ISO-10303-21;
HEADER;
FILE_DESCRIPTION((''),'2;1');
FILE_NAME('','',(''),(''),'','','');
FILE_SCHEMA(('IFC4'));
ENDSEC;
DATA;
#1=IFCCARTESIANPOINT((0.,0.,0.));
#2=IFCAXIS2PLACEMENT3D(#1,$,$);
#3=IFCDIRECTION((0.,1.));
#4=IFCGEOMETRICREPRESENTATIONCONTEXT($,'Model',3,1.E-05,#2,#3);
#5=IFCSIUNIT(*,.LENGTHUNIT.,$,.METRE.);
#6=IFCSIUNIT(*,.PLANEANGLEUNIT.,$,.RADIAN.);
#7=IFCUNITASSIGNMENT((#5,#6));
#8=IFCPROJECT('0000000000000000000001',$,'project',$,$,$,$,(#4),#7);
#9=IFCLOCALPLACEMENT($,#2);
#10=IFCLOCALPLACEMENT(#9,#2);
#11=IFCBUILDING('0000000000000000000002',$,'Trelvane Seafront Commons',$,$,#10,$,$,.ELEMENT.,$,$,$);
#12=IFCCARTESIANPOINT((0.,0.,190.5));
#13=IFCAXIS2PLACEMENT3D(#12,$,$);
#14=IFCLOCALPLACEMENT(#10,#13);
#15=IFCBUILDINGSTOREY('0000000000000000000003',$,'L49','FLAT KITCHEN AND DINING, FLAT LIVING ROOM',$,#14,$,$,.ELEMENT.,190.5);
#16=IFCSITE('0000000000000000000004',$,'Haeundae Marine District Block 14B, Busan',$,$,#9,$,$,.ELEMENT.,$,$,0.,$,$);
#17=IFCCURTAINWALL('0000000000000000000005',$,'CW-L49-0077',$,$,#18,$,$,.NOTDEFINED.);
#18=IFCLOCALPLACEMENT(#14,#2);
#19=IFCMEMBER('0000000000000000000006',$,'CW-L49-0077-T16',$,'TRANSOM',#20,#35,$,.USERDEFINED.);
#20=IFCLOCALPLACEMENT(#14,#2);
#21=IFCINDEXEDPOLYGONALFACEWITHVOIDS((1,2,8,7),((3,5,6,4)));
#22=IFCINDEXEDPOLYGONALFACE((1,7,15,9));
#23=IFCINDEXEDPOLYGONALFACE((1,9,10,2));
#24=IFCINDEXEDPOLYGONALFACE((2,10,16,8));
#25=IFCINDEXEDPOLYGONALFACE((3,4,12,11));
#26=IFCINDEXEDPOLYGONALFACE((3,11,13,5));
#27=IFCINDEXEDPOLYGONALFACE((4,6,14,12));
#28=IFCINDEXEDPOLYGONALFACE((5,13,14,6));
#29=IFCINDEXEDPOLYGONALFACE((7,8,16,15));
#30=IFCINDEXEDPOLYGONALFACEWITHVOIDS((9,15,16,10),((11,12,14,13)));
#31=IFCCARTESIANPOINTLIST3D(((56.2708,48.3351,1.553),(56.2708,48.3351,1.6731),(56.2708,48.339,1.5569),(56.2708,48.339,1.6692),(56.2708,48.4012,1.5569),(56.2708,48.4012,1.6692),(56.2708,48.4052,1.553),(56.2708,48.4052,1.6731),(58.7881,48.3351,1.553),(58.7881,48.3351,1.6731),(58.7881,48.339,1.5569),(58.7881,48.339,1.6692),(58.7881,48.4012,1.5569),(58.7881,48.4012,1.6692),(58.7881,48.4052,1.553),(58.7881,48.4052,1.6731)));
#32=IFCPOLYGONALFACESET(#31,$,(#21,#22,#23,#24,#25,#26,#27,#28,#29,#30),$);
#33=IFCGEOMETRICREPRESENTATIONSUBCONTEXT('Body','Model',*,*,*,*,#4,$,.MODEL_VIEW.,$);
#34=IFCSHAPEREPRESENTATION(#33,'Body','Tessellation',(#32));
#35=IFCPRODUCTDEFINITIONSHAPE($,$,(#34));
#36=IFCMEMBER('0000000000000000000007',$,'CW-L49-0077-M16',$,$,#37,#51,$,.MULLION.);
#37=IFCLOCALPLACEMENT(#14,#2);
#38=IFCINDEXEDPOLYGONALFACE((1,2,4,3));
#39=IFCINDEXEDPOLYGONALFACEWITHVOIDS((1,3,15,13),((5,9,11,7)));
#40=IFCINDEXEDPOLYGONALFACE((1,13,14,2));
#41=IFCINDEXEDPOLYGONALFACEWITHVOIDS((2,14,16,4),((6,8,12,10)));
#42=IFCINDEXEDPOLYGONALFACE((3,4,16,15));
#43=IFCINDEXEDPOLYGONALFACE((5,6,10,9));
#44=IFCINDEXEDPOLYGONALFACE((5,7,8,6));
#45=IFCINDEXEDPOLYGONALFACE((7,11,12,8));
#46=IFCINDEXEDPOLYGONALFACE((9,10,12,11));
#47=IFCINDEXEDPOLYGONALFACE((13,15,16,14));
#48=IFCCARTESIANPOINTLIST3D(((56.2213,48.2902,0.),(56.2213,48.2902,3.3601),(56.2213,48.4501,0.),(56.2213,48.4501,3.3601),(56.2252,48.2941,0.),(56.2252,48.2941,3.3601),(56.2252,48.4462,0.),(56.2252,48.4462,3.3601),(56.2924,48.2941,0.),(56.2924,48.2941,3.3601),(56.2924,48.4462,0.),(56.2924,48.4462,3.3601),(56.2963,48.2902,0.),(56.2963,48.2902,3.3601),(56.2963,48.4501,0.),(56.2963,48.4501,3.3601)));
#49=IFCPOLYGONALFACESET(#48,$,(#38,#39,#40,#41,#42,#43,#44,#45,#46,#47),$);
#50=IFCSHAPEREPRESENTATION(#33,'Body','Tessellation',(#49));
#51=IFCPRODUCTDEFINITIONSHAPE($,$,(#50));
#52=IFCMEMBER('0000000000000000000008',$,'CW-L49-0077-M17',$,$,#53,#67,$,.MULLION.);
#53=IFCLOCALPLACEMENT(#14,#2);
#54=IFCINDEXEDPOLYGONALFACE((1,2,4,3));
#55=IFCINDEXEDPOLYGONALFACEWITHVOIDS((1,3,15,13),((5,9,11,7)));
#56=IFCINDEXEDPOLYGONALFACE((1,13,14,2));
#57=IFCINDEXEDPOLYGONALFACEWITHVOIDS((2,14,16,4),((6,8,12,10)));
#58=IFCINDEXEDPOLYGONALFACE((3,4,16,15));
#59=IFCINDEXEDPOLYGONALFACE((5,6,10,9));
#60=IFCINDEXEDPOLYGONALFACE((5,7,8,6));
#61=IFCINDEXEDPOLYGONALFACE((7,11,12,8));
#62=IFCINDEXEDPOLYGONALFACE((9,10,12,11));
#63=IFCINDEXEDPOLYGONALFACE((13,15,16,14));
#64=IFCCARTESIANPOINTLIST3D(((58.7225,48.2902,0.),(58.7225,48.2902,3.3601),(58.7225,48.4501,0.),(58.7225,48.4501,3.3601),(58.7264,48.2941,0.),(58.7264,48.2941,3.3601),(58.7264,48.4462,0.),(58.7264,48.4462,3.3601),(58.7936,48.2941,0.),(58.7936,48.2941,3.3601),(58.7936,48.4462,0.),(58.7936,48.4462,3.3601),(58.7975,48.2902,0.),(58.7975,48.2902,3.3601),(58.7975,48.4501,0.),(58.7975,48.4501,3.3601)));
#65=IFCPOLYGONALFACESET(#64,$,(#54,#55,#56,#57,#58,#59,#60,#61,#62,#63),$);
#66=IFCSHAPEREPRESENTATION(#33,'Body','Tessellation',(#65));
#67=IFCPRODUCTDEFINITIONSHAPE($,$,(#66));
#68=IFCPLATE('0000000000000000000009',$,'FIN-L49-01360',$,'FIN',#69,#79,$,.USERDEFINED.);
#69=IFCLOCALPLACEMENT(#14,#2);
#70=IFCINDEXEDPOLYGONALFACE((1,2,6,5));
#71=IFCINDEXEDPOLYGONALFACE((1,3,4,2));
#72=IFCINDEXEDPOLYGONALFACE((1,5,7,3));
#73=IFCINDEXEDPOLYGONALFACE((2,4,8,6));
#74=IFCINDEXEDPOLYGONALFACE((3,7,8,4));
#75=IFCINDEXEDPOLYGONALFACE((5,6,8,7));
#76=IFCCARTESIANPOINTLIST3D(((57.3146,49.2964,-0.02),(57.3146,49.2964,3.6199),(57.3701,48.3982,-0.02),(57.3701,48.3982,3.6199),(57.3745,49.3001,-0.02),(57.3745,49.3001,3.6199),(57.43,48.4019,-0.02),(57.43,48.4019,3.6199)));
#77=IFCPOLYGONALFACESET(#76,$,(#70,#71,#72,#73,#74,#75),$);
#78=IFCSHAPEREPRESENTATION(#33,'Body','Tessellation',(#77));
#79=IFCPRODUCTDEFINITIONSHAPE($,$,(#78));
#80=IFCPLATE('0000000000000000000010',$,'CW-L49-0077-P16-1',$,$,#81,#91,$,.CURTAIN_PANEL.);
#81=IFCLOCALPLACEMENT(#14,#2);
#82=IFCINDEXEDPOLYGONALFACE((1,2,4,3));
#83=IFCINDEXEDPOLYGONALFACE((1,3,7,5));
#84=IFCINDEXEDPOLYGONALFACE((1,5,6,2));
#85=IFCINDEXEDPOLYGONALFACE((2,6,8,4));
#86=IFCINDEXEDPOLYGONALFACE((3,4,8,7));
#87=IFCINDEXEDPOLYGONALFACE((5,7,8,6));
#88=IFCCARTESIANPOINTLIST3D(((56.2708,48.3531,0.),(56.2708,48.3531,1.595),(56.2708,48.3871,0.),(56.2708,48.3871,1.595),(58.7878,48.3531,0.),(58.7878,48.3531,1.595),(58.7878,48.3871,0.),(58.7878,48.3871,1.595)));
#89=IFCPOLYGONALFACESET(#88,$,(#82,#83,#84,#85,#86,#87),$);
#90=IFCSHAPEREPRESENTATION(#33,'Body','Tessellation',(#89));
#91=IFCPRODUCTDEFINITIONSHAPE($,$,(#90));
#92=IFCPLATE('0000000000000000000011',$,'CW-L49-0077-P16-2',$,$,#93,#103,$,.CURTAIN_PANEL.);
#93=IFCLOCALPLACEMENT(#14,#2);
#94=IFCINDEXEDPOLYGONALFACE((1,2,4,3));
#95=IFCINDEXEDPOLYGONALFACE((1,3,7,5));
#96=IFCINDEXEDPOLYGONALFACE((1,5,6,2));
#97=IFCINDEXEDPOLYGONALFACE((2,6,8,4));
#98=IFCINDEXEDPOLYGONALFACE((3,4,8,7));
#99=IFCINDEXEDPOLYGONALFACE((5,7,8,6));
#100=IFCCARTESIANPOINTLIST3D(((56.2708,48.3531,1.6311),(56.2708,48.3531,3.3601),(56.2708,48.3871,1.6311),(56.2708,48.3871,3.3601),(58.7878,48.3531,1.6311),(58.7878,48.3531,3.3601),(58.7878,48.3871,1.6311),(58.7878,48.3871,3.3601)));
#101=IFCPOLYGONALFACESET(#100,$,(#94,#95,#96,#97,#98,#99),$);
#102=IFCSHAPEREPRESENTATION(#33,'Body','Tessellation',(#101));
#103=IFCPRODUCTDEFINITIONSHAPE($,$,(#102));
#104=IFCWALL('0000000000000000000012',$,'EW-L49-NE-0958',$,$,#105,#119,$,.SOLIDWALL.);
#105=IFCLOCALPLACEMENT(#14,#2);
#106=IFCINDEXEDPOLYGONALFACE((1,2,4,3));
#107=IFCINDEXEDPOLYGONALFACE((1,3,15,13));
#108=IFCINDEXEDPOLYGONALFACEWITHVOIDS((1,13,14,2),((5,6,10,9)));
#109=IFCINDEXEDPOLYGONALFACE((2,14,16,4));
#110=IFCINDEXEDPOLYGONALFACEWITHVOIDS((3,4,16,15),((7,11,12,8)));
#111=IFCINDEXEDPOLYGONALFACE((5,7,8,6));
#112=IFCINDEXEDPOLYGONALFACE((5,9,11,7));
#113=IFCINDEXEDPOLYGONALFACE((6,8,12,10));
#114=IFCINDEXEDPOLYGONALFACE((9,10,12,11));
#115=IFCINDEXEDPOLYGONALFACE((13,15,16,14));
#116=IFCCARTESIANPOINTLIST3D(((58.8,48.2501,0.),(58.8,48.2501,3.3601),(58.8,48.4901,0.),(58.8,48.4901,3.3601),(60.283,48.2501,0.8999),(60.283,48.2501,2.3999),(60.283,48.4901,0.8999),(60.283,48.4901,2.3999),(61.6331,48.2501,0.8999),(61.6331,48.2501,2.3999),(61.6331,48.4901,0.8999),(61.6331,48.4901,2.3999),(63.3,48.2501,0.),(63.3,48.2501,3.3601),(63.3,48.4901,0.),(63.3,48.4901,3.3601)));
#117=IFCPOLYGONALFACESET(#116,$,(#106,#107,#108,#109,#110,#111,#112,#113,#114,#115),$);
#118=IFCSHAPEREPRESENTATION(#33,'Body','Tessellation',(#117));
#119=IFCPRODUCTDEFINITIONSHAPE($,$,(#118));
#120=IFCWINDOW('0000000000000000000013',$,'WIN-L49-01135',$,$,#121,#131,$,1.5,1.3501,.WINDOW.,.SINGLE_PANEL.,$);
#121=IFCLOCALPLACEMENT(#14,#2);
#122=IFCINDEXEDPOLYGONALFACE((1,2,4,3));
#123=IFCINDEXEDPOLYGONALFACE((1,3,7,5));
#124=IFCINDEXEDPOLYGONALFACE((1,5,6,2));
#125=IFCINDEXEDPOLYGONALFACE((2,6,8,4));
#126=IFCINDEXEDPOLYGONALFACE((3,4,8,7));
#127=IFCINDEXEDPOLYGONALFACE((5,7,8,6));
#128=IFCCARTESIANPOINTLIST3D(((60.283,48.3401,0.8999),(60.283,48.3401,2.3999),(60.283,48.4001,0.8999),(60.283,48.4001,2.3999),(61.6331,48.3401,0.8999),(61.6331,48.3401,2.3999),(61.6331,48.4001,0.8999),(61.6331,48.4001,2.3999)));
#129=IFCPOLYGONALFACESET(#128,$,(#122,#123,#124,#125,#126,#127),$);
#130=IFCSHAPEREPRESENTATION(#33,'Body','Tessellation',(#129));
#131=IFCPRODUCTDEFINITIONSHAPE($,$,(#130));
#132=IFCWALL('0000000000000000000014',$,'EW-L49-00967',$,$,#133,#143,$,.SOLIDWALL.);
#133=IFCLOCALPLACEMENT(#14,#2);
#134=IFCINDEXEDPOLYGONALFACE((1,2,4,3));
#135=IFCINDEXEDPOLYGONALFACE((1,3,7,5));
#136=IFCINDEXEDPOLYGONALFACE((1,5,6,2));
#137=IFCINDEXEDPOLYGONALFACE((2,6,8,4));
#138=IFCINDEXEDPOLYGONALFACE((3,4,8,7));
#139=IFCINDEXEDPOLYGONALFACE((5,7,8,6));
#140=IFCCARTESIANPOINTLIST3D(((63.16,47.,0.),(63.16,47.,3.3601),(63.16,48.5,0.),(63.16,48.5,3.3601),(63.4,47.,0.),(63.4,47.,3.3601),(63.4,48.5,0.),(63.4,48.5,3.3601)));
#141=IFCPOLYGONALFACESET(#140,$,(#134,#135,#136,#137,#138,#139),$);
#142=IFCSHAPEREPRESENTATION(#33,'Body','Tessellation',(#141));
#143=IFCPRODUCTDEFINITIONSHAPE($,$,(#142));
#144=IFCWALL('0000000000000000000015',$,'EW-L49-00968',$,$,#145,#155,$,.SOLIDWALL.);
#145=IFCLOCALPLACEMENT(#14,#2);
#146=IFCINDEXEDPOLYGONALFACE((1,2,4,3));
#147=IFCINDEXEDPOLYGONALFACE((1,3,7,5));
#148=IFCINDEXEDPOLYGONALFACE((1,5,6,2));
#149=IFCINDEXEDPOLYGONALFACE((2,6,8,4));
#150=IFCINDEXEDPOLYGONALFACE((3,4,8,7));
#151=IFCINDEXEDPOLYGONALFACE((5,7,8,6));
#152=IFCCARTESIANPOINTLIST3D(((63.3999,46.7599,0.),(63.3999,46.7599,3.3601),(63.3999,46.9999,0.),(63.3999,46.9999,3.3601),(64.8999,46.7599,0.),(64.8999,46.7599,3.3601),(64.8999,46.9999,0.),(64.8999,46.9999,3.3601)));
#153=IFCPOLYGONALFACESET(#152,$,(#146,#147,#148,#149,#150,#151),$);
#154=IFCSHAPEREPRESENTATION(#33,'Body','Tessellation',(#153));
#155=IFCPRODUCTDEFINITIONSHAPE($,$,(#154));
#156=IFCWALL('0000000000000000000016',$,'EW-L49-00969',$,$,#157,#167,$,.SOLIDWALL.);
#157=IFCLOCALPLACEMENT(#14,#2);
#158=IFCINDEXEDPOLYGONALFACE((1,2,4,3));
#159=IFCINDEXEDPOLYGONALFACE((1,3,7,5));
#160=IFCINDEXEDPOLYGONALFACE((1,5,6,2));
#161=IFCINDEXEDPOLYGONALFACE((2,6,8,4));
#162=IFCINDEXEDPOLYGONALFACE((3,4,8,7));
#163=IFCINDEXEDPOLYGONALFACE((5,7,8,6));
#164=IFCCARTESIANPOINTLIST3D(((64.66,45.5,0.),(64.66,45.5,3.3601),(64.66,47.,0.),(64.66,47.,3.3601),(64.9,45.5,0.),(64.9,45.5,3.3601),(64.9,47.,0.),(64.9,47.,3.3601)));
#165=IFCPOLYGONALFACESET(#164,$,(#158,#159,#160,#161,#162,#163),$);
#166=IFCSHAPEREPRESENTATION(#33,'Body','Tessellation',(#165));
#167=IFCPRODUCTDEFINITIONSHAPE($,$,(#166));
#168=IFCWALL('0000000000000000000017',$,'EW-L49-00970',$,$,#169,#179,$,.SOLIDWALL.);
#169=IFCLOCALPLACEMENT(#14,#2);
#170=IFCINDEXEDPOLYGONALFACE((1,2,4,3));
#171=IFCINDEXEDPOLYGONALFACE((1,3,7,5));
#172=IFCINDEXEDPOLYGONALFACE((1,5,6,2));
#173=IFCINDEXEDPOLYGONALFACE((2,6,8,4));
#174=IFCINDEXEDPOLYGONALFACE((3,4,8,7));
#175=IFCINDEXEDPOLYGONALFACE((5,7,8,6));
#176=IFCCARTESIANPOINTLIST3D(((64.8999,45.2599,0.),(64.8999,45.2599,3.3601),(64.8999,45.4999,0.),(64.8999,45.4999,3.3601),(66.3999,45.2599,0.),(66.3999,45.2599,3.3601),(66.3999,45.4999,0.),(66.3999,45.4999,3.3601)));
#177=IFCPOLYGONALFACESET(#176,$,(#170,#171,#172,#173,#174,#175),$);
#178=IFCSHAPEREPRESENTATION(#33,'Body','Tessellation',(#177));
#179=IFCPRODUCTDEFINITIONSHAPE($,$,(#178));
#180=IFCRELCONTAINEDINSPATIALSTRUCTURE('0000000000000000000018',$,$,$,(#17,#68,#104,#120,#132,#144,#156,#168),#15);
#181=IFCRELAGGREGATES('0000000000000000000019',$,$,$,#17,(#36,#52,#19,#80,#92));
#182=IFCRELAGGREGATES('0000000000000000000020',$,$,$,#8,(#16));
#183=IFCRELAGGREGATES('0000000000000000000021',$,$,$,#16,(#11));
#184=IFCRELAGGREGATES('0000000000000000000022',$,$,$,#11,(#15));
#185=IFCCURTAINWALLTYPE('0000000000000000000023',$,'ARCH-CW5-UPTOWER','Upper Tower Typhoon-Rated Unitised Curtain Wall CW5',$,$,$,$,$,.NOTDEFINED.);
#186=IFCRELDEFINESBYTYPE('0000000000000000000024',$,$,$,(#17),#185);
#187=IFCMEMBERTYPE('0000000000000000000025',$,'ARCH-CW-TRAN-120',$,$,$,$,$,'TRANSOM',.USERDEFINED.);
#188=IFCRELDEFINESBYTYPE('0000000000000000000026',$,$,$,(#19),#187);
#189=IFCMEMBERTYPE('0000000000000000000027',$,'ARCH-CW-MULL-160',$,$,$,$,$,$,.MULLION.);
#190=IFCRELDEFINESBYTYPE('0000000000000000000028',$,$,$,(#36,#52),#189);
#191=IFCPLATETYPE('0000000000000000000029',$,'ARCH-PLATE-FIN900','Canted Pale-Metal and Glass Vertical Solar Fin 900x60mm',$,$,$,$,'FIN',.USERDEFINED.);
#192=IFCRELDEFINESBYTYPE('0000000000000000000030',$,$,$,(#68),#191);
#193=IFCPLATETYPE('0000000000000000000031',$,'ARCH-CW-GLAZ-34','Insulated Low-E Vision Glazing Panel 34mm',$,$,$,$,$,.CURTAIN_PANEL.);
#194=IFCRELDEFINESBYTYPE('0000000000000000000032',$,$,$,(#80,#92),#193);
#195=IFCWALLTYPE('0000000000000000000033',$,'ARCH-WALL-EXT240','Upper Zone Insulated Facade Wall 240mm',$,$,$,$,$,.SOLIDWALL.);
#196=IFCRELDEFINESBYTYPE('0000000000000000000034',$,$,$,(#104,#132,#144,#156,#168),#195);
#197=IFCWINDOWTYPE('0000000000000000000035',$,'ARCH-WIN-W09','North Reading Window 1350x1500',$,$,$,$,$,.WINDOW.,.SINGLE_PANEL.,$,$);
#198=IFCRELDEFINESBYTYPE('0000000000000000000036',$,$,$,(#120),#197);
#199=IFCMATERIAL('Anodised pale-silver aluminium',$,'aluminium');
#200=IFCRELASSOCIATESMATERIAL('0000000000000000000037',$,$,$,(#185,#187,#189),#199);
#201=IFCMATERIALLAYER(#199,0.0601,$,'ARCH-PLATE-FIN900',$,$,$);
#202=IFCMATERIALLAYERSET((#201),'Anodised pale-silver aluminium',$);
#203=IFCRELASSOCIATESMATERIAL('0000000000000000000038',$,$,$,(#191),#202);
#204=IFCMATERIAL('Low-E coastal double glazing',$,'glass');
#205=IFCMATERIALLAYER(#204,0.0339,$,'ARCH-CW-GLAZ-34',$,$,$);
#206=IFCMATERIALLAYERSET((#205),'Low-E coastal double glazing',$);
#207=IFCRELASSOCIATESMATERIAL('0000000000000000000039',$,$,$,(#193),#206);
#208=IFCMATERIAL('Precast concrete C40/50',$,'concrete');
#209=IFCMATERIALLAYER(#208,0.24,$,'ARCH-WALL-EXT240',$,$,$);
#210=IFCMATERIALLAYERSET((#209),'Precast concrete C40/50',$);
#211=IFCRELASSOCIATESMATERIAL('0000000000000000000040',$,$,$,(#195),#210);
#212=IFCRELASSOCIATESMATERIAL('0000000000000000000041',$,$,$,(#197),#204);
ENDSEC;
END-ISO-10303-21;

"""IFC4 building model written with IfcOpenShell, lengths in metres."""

from ifc_helpers import new_model, si_unit, direction, frame, frame_2d, origin, origin_2d, place, context, subcontext, project, spatial, rectangle, hollow_rectangle, extrude, source, transform, mapped, material, layer, layer_set, material_profile, profile_set, type_object, element, fill, aggregate, save


model = new_model("IFC4")

# Units and contexts
model_context = context("Model", 3, precision=1e-05, world=origin(), true_north=direction((0.0, 1.0)))
body_context = subcontext(model_context, "Body", "Model", "MODEL_VIEW")
ifc_project = project(units=[si_unit("LENGTHUNIT", "METRE"), si_unit("PLANEANGLEUNIT", "RADIAN")], contexts=[model_context])

# Site, building, storey
site_placement = place(None, origin())
site = spatial("IfcSite", under=ifc_project, at=site_placement, Name="Haeundae Marine District Block 14B, Busan", CompositionType="ELEMENT", RefElevation=0.0)
building_placement = place(site_placement, origin())
building = spatial("IfcBuilding", under=site, at=building_placement, Name="Trelvane Seafront Commons", CompositionType="ELEMENT")
storey_placement = place(building_placement, frame((0.0, 0.0, 190.5)))
storey = spatial("IfcBuildingStorey", under=building, at=storey_placement, Name="L49", Description="FLAT KITCHEN AND DINING, FLAT LIVING ROOM", CompositionType="ELEMENT", Elevation=190.5)

# Curtain wall, members
ifc_material_1 = material(Name="Anodised pale-silver aluminium", Category="aluminium")
curtain_wall_type = type_object("IfcCurtainWallType", Name="ARCH-CW5-UPTOWER", Description="Upper Tower Typhoon-Rated Unitised Curtain Wall CW5", PredefinedType="NOTDEFINED", material=ifc_material_1)
curtain_wall_placement = place(storey_placement, origin())
curtain_wall = element("IfcCurtainWall", 1, at=curtain_wall_placement, inside=storey, type_object=curtain_wall_type, Name="CW-L49-0077", PredefinedType="NOTDEFINED")
ifc_material_profile_1 = material_profile(ifc_material_1, hollow_rectangle(XDim=0.0701, YDim=0.1201, WallThickness=0.0039, at=origin_2d()), Name="TRAN-70x120x4")
ifc_profile_set_1 = profile_set([ifc_material_profile_1], Name="Anodised pale-silver aluminium")
member_type_1 = type_object("IfcMemberType", Name="ARCH-CW-TRAN-120", ElementType="TRANSOM", PredefinedType="USERDEFINED", material=ifc_profile_set_1)
shared_shape_1 = source(origin(), body_context, "Body", "SweptSolid", [
    extrude(hollow_rectangle(XDim=0.0701, YDim=0.1201, WallThickness=0.0039, at=origin_2d()), origin(), (0.0, 0.0, 1.0), 2.5173),
])
member_1_placement = place(storey_placement, frame((56.2708, 48.3701, 1.613), z_axis=(1.0, 0.0, 0.0), x_axis=(0.0, 1.0, 0.0)))
member_1 = element("IfcMember", 2, at=member_1_placement, type_object=member_type_1, Name="CW-L49-0077-T16", ObjectType="TRANSOM", PredefinedType="USERDEFINED", context=body_context, shape_type="MappedRepresentation", body=[
    mapped(shared_shape_1, transform((0.0, 0.0, 0.0), x_axis=(1.0, 0.0, 0.0), y_axis=(0.0, 1.0, 0.0), z_axis=(0.0, 0.0, 1.0), scale=1.0)),
])
ifc_material_profile_2 = material_profile(ifc_material_1, hollow_rectangle(XDim=0.075, YDim=0.1599, WallThickness=0.0039, at=origin_2d()), Name="MULL-75x160x4")
ifc_profile_set_2 = profile_set([ifc_material_profile_2], Name="Anodised pale-silver aluminium")
member_type_2 = type_object("IfcMemberType", Name="ARCH-CW-MULL-160", PredefinedType="MULLION", material=ifc_profile_set_2)
shared_shape_2 = source(origin(), body_context, "Body", "SweptSolid", [
    extrude(hollow_rectangle(XDim=0.075, YDim=0.1599, WallThickness=0.0039, at=origin_2d()), origin(), (0.0, 0.0, 1.0), 3.3601),
])
member_2_placement = place(storey_placement, frame((56.2588, 48.3701, 0.0), z_axis=(0.0, 0.0, 1.0), x_axis=(1.0, 0.0, 0.0)))
member_2 = element("IfcMember", 3, at=member_2_placement, type_object=member_type_2, Name="CW-L49-0077-M16", PredefinedType="MULLION", context=body_context, shape_type="MappedRepresentation", body=[
    mapped(shared_shape_2, transform((0.0, 0.0, 0.0), x_axis=(1.0, 0.0, 0.0), y_axis=(0.0, 1.0, 0.0), z_axis=(0.0, 0.0, 1.0), scale=1.0)),
])
member_3_placement = place(storey_placement, frame((58.76, 48.3701, 0.0), z_axis=(0.0, 0.0, 1.0), x_axis=(1.0, 0.0, 0.0)))
member_3 = element("IfcMember", 4, at=member_3_placement, type_object=member_type_2, Name="CW-L49-0077-M17", PredefinedType="MULLION", context=body_context, shape_type="MappedRepresentation", body=[
    mapped(shared_shape_2, transform((0.0, 0.0, 0.0), x_axis=(1.0, 0.0, 0.0), y_axis=(0.0, 1.0, 0.0), z_axis=(0.0, 0.0, 1.0), scale=1.0)),
])

# Plates
ifc_layer_1 = layer(ifc_material_1, 0.0601, Name="ARCH-PLATE-FIN900")
ifc_layer_set_1 = layer_set([ifc_layer_1], Name="Anodised pale-silver aluminium")
plate_type_1 = type_object("IfcPlateType", Name="ARCH-PLATE-FIN900", Description="Canted Pale-Metal and Glass Vertical Solar Fin 900x60mm", ElementType="FIN", PredefinedType="USERDEFINED", material=ifc_layer_set_1)
shared_shape_3 = source(origin(), body_context, "Body", "SweptSolid", [
    extrude(rectangle(XDim=0.8999, YDim=0.0601, at=origin_2d()), origin(), (0.0, 0.0, 1.0), 3.6399),
])
plate_1_placement = place(storey_placement, frame((57.3723, 48.8491, -0.02), z_axis=(0.0, 0.0, 1.0), x_axis=(-0.061665, 0.998097, 0.0)))
element("IfcPlate", 5, at=plate_1_placement, inside=storey, type_object=plate_type_1, Name="FIN-L49-01360", ObjectType="FIN", PredefinedType="USERDEFINED", context=body_context, shape_type="MappedRepresentation", body=[
    mapped(shared_shape_3, transform((0.0, 0.0, 0.0), x_axis=(1.0, 0.0, 0.0), y_axis=(0.0, 1.0, 0.0), z_axis=(0.0, 0.0, 1.0), scale=1.0)),
])
ifc_material_2 = material(Name="Low-E coastal double glazing", Category="glass")
ifc_layer_2 = layer(ifc_material_2, 0.0339, Name="ARCH-CW-GLAZ-34")
ifc_layer_set_2 = layer_set([ifc_layer_2], Name="Low-E coastal double glazing")
plate_type_2 = type_object("IfcPlateType", Name="ARCH-CW-GLAZ-34", Description="Insulated Low-E Vision Glazing Panel 34mm", PredefinedType="CURTAIN_PANEL", material=ifc_layer_set_2)
shared_shape_4 = source(origin(), body_context, "Body", "SweptSolid", [
    extrude(rectangle(XDim=2.5171, YDim=0.0339, at=origin_2d()), origin(), (0.0, 0.0, 1.0), 1.595),
])
plate_2_placement = place(storey_placement, frame((57.5293, 48.3701, 0.0), z_axis=(0.0, 0.0, 1.0), x_axis=(1.0, 0.0, 0.0)))
plate_2 = element("IfcPlate", 6, at=plate_2_placement, type_object=plate_type_2, Name="CW-L49-0077-P16-1", PredefinedType="CURTAIN_PANEL", context=body_context, shape_type="MappedRepresentation", body=[
    mapped(shared_shape_4, transform((0.0, 0.0, 0.0), x_axis=(1.0, 0.0, 0.0), y_axis=(0.0, 1.0, 0.0), z_axis=(0.0, 0.0, 1.0), scale=1.0)),
])
shared_shape_5 = source(origin(), body_context, "Body", "SweptSolid", [
    extrude(rectangle(XDim=2.5171, YDim=0.0339, at=origin_2d()), origin(), (0.0, 0.0, 1.0), 1.729),
])
plate_3_placement = place(storey_placement, frame((57.5293, 48.3701, 1.6311), z_axis=(0.0, 0.0, 1.0), x_axis=(1.0, 0.0, 0.0)))
plate_3 = element("IfcPlate", 7, at=plate_3_placement, type_object=plate_type_2, Name="CW-L49-0077-P16-2", PredefinedType="CURTAIN_PANEL", context=body_context, shape_type="MappedRepresentation", body=[
    mapped(shared_shape_5, transform((0.0, 0.0, 0.0), x_axis=(1.0, 0.0, 0.0), y_axis=(0.0, 1.0, 0.0), z_axis=(0.0, 0.0, 1.0), scale=1.0)),
])
aggregate(curtain_wall, [member_2, member_3, member_1, plate_2, plate_3])

# Wall, opening, window
ifc_material_3 = material(Name="Precast concrete C40/50", Category="concrete")
ifc_layer_3 = layer(ifc_material_3, 0.24, Name="ARCH-WALL-EXT240")
ifc_layer_set_3 = layer_set([ifc_layer_3], Name="Precast concrete C40/50")
wall_type = type_object("IfcWallType", Name="ARCH-WALL-EXT240", Description="Upper Zone Insulated Facade Wall 240mm", PredefinedType="SOLIDWALL", material=ifc_layer_set_3)
wall_1_placement = place(storey_placement, frame((58.8, 48.3701, 0.0), z_axis=(0.0, 0.0, 1.0), x_axis=(1.0, 0.0, 0.0)))
wall_1 = element("IfcWall", 8, at=wall_1_placement, inside=storey, type_object=wall_type, Name="EW-L49-NE-0958", PredefinedType="SOLIDWALL", context=body_context, shape_type="SweptSolid", body=[
    extrude(rectangle(XDim=4.5, YDim=0.24, at=frame_2d((2.25, 0.0))), origin(), (0.0, 0.0, 1.0), 3.3601),
])
opening_1_placement = place(wall_1_placement, frame((1.4829, 0.0, 0.8999)))
opening_1 = element("IfcOpeningElement", 9, at=opening_1_placement, cuts=wall_1, PredefinedType="OPENING", context=body_context, shape_type="SweptSolid", body=[
    extrude(rectangle(XDim=1.3501, YDim=1.5, at=frame_2d((0.675, 0.75))), frame((0.0, 0.1299, 0.0), z_axis=(0.0, -1.0, 0.0), x_axis=(1.0, 0.0, 0.0)), (0.0, 0.0, 1.0), 0.26),
])
window_type_1 = type_object("IfcWindowType", Name="ARCH-WIN-W09", Description="North Reading Window 1350x1500", PartitioningType="SINGLE_PANEL", PredefinedType="WINDOW", material=ifc_material_2)
shared_shape_6 = source(origin(), body_context, "Body", "SweptSolid", [
    extrude(rectangle(XDim=1.3501, YDim=1.5, at=frame_2d((0.675, 0.75))), frame((0.0, 0.03, 0.0), z_axis=(0.0, -1.0, 0.0), x_axis=(1.0, 0.0, 0.0)), (0.0, 0.0, 1.0), 0.0601),
])
window_1_placement = place(opening_1_placement, origin())
window_1 = element("IfcWindow", 10, at=window_1_placement, inside=storey, type_object=window_type_1, Name="WIN-L49-01135", OverallHeight=1.5, OverallWidth=1.3501, PartitioningType="SINGLE_PANEL", PredefinedType="WINDOW", context=body_context, shape_type="MappedRepresentation", body=[
    mapped(shared_shape_6, transform((0.0, 0.0, 0.0), x_axis=(1.0, 0.0, 0.0), y_axis=(0.0, 1.0, 0.0), z_axis=(0.0, 0.0, 1.0), scale=1.0)),
])
fill(opening_1, window_1)

# Walls
for number, where, z_axis, x_axis, name in (
    (11, (63.28, 48.5, 0.0), (0.0, 0.0, 1.0), (0.0, -1.0, 0.0), "EW-L49-00967"),
    (12, (63.3999, 46.8799, 0.0), (0.0, 0.0, 1.0), (1.0, 0.0, 0.0), "EW-L49-00968"),
    (13, (64.78, 47.0, 0.0), (0.0, 0.0, 1.0), (0.0, -1.0, 0.0), "EW-L49-00969"),
    (14, (64.8999, 45.3799, 0.0), (0.0, 0.0, 1.0), (1.0, 0.0, 0.0), "EW-L49-00970"),
):
    element("IfcWall", number, at=place(storey_placement, frame(where, z_axis=z_axis, x_axis=x_axis)), inside=storey, type_object=wall_type, Name=name, PredefinedType="SOLIDWALL", context=body_context, shape_type="SweptSolid", body=[
        extrude(rectangle(XDim=1.5, YDim=0.24, at=frame_2d((0.75, 0.0))), origin(), (0.0, 0.0, 1.0), 3.3601),
    ])

save(model, "model.ifc")
